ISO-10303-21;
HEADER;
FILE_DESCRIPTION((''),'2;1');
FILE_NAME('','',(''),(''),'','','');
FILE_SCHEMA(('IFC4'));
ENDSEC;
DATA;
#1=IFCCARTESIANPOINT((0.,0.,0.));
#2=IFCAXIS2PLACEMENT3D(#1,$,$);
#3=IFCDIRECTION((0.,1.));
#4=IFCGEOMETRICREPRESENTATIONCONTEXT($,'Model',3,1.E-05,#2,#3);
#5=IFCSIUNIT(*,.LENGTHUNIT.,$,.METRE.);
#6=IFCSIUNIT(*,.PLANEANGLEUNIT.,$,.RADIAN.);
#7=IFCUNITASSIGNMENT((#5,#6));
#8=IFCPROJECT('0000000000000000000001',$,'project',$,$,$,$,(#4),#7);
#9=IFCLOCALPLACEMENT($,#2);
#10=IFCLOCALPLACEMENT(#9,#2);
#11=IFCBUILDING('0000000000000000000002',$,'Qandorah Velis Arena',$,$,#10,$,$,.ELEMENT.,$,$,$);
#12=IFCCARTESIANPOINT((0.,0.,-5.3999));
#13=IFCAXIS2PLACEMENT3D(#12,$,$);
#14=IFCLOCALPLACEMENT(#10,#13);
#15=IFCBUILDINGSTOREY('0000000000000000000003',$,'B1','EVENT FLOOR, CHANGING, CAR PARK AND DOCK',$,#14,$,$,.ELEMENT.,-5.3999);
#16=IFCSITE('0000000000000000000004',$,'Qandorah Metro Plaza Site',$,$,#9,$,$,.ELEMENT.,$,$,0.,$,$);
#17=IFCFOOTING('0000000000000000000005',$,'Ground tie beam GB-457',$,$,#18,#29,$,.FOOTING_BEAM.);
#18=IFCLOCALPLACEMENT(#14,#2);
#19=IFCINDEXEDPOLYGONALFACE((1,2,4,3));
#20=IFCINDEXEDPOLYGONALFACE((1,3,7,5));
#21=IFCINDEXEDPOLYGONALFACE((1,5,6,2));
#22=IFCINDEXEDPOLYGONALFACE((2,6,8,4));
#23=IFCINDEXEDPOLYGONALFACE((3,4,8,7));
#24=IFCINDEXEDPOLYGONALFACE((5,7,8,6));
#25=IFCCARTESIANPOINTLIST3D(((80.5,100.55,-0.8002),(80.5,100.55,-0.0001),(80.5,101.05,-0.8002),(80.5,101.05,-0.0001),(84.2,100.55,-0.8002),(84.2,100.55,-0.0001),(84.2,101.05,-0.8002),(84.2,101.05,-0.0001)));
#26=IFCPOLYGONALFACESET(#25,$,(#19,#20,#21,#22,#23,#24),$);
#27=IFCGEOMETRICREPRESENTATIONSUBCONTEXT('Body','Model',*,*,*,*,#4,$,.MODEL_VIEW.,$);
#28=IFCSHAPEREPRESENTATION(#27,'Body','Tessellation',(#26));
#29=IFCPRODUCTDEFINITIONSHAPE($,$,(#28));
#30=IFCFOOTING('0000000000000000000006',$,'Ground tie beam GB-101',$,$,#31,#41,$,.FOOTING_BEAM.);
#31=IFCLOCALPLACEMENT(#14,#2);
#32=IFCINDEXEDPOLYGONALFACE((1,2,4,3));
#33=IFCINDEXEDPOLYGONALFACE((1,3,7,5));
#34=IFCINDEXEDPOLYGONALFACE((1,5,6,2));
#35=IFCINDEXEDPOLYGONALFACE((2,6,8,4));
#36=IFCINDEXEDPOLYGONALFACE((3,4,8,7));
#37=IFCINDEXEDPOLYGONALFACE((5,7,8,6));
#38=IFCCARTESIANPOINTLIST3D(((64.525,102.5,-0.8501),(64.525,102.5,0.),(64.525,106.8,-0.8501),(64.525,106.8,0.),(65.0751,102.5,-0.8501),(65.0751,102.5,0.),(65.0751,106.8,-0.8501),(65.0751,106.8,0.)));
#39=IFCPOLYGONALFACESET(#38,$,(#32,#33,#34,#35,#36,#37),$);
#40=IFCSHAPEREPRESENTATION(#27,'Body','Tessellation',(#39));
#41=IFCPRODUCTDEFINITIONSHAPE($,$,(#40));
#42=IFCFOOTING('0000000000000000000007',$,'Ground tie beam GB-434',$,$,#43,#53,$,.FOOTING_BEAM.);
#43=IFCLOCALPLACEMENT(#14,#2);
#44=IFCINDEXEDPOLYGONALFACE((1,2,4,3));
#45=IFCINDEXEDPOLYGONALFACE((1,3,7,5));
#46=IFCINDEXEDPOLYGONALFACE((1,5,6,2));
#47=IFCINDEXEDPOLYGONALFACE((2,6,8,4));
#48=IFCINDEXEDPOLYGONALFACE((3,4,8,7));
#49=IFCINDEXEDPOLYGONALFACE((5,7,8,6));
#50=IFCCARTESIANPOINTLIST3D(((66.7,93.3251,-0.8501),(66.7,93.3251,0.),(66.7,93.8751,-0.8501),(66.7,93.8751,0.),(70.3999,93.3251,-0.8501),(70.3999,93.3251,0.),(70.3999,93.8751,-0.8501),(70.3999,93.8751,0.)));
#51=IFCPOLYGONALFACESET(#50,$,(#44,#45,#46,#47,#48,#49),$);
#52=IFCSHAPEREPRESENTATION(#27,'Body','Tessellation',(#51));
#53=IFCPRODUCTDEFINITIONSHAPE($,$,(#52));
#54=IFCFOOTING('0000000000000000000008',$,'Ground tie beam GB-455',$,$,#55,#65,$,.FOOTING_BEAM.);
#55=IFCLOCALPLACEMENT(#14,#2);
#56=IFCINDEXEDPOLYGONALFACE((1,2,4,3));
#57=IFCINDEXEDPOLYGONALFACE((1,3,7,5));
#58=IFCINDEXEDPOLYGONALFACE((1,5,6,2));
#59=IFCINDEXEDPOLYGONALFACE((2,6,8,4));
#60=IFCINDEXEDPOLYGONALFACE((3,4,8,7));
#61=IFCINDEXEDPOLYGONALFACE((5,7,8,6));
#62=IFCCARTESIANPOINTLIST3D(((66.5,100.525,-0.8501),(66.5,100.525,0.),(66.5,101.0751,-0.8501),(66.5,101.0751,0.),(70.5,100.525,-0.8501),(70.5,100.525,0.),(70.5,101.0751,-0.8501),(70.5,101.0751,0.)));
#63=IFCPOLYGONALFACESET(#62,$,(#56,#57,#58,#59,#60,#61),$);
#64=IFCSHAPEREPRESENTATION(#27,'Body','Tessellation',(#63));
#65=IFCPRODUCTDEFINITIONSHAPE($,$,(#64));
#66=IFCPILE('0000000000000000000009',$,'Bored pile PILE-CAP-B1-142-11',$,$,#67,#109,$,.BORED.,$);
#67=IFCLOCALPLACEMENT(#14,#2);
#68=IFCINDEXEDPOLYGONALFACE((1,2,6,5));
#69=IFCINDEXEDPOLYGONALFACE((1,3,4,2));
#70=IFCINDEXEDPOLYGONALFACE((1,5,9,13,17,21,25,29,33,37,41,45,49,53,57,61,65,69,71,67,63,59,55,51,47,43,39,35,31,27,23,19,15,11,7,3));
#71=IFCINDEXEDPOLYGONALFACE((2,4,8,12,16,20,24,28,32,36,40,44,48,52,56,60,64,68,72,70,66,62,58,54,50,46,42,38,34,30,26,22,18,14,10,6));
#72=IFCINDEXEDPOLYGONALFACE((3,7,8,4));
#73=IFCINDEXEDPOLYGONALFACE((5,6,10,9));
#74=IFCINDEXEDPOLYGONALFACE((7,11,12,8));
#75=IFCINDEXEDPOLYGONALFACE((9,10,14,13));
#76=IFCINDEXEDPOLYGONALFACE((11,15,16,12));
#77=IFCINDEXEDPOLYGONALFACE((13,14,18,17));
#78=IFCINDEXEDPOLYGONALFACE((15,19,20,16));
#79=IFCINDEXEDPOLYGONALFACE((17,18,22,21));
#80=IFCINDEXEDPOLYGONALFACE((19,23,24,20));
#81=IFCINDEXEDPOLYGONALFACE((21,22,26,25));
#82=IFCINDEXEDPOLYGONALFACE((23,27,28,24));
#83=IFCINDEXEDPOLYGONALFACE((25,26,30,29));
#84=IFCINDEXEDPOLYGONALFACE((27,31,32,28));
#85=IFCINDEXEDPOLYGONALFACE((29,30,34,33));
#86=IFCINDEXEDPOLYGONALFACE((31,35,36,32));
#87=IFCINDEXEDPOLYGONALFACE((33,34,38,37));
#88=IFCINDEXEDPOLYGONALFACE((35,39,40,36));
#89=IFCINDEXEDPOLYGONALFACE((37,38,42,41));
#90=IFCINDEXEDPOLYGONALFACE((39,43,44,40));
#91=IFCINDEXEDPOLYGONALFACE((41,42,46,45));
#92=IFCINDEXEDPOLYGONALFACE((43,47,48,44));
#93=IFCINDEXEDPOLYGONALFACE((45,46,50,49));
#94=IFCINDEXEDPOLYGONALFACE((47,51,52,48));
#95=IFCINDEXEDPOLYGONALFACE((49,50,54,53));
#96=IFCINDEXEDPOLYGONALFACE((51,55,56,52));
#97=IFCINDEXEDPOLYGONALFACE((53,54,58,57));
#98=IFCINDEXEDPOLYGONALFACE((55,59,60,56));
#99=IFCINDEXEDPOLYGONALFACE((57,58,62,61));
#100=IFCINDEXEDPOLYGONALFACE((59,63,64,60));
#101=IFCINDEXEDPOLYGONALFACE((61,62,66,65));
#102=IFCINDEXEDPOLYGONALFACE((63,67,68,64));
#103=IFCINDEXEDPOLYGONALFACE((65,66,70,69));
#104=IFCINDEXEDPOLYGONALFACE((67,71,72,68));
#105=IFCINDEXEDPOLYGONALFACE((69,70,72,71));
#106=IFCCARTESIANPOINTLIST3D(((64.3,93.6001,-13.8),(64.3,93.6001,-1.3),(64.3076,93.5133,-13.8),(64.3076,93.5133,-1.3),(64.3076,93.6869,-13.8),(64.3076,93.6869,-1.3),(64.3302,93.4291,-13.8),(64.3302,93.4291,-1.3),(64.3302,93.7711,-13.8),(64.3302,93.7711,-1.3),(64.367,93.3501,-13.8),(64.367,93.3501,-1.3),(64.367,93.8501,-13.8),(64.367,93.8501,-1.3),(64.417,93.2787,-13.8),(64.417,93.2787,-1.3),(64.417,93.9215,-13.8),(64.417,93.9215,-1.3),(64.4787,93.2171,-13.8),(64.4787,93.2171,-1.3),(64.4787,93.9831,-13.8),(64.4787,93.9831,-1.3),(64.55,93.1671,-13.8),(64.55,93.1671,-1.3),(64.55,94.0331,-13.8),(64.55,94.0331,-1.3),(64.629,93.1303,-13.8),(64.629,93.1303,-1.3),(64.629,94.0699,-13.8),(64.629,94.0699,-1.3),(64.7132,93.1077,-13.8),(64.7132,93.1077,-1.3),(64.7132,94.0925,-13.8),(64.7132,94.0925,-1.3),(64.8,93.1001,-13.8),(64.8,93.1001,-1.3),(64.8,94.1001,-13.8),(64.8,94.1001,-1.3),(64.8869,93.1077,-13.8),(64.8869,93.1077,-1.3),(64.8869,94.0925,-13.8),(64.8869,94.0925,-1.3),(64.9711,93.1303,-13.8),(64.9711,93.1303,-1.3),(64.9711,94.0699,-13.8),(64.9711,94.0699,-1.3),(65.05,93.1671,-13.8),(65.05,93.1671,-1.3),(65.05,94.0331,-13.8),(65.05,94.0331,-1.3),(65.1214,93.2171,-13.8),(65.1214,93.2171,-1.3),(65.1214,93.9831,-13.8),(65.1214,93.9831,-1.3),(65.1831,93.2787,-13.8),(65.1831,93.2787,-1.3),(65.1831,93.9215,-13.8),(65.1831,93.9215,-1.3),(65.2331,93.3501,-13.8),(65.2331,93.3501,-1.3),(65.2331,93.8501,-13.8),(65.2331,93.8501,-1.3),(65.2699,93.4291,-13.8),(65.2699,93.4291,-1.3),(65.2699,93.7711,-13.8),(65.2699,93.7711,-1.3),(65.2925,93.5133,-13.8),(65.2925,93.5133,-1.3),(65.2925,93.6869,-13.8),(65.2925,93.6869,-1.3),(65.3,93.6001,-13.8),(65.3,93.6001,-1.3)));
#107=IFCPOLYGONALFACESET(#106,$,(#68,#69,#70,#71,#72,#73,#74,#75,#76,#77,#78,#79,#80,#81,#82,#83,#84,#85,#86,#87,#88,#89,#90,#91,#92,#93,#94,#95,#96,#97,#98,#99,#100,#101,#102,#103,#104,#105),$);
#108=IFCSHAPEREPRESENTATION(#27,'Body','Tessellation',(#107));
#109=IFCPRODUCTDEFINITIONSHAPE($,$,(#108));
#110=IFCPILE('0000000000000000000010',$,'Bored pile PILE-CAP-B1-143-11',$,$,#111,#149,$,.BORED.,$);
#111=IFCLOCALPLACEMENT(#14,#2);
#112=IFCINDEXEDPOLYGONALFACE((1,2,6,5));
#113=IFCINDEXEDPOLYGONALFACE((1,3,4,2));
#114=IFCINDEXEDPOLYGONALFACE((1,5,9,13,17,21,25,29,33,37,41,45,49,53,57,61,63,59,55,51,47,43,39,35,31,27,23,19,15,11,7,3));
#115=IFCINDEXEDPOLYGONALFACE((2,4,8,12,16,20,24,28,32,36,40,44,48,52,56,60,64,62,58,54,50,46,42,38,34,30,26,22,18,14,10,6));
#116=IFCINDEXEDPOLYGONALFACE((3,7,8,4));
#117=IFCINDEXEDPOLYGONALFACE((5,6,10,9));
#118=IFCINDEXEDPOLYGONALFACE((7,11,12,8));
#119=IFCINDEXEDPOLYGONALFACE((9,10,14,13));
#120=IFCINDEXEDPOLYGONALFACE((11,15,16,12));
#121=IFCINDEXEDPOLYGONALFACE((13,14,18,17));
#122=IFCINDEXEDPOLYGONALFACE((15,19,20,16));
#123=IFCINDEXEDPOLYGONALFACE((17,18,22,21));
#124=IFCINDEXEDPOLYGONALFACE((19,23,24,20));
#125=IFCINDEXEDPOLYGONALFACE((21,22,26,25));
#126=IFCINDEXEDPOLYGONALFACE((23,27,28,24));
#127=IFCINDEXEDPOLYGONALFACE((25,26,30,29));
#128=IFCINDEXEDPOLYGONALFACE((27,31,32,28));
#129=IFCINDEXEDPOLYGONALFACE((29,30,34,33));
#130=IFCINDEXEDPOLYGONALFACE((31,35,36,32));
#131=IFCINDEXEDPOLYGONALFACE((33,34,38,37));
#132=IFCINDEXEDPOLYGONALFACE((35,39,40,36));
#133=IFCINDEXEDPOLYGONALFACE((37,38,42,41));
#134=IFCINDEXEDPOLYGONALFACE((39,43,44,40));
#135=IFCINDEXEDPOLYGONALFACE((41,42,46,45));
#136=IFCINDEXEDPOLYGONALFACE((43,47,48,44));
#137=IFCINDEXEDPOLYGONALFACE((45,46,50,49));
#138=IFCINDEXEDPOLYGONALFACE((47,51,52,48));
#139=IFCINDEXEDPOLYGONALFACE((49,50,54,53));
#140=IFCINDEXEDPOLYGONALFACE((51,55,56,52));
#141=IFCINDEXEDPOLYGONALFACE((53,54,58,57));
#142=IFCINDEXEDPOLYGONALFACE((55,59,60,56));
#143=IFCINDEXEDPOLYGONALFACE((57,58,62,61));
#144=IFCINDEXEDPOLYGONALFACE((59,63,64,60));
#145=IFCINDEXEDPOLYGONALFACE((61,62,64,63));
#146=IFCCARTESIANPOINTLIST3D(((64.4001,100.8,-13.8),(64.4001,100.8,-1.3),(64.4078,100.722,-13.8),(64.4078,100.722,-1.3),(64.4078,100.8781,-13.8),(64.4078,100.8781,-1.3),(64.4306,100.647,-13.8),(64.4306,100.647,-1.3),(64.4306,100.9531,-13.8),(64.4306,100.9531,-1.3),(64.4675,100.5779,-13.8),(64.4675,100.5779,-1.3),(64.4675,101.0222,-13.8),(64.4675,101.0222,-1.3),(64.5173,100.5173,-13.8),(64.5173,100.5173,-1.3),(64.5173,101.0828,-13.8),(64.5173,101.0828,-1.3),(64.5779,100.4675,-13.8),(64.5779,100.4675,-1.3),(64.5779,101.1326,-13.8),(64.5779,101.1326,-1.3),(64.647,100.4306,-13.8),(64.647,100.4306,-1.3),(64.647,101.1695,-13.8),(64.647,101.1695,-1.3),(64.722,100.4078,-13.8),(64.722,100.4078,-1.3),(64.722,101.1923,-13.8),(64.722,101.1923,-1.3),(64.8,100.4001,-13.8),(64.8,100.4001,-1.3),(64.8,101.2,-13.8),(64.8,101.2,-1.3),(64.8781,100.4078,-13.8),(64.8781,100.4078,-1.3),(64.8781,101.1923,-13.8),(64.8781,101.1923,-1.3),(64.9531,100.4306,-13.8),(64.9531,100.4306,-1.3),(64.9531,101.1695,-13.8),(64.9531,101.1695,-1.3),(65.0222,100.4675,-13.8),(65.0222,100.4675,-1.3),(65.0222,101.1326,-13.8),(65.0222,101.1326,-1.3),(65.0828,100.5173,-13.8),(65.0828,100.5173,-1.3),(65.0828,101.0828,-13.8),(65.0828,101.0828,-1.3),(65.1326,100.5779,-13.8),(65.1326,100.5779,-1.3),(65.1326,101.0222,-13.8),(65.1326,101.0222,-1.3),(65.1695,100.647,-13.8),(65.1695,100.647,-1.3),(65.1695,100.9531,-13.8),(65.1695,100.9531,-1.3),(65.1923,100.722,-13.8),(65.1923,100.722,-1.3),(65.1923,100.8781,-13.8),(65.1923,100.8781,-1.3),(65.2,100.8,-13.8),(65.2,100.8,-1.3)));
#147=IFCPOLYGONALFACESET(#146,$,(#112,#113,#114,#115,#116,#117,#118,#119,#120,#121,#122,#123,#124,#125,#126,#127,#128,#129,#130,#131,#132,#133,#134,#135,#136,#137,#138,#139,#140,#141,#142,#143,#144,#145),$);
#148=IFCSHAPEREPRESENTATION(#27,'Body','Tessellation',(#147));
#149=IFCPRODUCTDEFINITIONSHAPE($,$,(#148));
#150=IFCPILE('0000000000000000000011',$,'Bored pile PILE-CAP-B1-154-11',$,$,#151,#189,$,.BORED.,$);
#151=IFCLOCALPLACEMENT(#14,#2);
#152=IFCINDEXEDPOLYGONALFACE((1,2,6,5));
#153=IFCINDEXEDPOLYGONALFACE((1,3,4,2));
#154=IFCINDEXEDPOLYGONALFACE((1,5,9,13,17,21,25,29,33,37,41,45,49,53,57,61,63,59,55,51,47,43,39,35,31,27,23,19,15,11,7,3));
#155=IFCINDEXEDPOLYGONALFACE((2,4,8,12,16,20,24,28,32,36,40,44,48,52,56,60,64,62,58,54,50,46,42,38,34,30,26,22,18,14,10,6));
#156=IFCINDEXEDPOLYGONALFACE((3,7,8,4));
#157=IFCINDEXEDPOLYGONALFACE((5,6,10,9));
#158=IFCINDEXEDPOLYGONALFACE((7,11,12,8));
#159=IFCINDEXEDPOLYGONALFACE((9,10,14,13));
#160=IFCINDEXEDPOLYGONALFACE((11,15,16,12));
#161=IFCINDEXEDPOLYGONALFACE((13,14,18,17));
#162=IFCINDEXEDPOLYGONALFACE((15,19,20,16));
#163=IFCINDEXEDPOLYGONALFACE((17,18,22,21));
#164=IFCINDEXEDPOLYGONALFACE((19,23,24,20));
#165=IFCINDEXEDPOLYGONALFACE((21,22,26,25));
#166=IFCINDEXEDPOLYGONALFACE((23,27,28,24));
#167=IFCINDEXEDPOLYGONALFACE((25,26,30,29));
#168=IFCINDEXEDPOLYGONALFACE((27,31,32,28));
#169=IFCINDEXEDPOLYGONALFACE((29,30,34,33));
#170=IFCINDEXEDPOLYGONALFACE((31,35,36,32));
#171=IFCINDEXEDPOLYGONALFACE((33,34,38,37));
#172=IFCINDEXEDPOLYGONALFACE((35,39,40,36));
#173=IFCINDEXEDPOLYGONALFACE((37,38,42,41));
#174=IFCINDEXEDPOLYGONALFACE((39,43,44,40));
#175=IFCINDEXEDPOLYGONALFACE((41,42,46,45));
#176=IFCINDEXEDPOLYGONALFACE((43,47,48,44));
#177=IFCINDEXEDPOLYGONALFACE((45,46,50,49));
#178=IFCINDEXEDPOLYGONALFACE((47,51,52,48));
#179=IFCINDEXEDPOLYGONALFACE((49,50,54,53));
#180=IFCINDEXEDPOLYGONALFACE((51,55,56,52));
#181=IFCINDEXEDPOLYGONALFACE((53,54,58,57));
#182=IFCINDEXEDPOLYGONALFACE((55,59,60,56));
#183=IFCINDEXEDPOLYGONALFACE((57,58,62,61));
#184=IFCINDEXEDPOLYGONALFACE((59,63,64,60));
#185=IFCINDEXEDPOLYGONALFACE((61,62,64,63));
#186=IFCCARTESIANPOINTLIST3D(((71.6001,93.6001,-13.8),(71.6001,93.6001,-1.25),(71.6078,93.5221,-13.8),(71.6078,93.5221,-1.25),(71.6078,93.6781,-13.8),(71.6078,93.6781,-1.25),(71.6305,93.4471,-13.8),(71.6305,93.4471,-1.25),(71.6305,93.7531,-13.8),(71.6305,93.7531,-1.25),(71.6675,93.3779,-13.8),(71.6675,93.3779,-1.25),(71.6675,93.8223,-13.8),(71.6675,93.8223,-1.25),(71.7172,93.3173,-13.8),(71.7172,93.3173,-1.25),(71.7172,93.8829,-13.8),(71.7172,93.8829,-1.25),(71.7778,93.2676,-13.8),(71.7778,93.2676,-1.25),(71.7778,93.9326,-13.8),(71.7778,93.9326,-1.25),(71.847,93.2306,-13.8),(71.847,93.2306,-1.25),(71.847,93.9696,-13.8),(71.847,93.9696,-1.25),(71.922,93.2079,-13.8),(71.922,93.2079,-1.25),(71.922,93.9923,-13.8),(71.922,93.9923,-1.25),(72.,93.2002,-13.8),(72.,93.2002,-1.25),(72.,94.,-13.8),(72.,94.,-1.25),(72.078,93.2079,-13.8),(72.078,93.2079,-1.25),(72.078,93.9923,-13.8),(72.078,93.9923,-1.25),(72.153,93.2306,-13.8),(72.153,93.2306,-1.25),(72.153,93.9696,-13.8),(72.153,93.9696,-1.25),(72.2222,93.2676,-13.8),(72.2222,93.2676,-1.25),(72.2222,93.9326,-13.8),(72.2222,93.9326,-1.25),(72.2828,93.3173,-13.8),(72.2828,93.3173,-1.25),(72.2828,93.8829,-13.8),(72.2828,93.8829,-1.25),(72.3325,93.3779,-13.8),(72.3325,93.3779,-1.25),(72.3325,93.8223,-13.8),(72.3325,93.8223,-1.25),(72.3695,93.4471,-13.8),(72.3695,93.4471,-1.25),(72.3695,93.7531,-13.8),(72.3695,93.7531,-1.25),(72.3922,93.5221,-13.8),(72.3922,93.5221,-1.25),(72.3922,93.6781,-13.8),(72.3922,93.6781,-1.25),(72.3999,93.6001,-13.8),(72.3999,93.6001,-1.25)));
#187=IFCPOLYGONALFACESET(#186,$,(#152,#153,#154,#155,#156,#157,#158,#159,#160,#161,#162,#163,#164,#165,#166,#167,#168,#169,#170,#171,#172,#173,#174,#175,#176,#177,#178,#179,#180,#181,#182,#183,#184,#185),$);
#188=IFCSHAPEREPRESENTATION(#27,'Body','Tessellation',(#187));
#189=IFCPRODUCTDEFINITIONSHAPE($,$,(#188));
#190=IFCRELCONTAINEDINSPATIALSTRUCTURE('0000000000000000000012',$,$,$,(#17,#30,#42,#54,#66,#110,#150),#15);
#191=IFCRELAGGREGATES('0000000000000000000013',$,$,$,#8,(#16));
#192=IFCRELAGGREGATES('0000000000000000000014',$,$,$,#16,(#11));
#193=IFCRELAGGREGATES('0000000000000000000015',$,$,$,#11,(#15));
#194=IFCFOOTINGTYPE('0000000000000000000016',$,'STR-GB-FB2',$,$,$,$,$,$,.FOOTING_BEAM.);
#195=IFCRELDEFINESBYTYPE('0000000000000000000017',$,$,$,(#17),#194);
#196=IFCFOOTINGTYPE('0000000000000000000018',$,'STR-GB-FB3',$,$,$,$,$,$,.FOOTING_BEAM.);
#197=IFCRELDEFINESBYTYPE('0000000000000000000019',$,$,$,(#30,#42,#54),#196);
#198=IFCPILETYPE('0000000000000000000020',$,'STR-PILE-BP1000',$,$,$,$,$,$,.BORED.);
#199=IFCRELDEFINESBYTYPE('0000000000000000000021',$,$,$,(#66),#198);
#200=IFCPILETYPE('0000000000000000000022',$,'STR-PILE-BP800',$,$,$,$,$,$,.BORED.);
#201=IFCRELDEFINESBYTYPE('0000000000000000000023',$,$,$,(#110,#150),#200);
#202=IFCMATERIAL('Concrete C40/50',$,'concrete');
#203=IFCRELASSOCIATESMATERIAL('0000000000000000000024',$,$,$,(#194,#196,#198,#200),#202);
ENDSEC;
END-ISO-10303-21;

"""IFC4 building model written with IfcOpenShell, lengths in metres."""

from ifc_helpers import new_model, si_unit, direction, frame, origin, origin_2d, place, context, subcontext, project, spatial, rectangle, circle, extrude, material, material_profile, profile_set, type_object, element, save


model = new_model("IFC4")

# Units and contexts
model_context = context("Model", 3, precision=1e-05, world=origin(), true_north=direction((0.0, 1.0)))
body_context = subcontext(model_context, "Body", "Model", "MODEL_VIEW")
ifc_project = project(units=[si_unit("LENGTHUNIT", "METRE"), si_unit("PLANEANGLEUNIT", "RADIAN")], contexts=[model_context])

# Site, building, storey
site_placement = place(None, origin())
site = spatial("IfcSite", under=ifc_project, at=site_placement, Name="Qandorah Metro Plaza Site", CompositionType="ELEMENT", RefElevation=0.0)
building_placement = place(site_placement, origin())
building = spatial("IfcBuilding", under=site, at=building_placement, Name="Qandorah Velis Arena", CompositionType="ELEMENT")
storey_placement = place(building_placement, frame((0.0, 0.0, -5.3999)))
storey = spatial("IfcBuildingStorey", under=building, at=storey_placement, Name="B1", Description="EVENT FLOOR, CHANGING, CAR PARK AND DOCK", CompositionType="ELEMENT", Elevation=-5.3999)

# Footings
ifc_material_1 = material(Name="Concrete C40/50", Category="concrete")
ifc_material_profile_1 = material_profile(ifc_material_1, rectangle(XDim=0.5, YDim=0.8, at=origin_2d()), Name="GB2 500x800")
ifc_profile_set_1 = profile_set([ifc_material_profile_1], Name="Concrete C40/50")
footing_type_1 = type_object("IfcFootingType", Name="STR-GB-FB2", PredefinedType="FOOTING_BEAM", material=ifc_profile_set_1)
footing_1_placement = place(storey_placement, frame((80.5, 100.8, -0.4001), z_axis=(1.0, 0.0, 0.0), x_axis=(0.0, 1.0, 0.0)))
element("IfcFooting", 1, at=footing_1_placement, inside=storey, type_object=footing_type_1, Name="Ground tie beam GB-457", PredefinedType="FOOTING_BEAM", context=body_context, shape_type="SweptSolid", body=[
    extrude(rectangle(XDim=0.5, YDim=0.8, at=origin_2d()), origin(), (0.0, 0.0, 1.0), 3.7),
])
ifc_material_profile_2 = material_profile(ifc_material_1, rectangle(XDim=0.55, YDim=0.8501, at=origin_2d()), Name="GB3 550x850")
ifc_profile_set_2 = profile_set([ifc_material_profile_2], Name="Concrete C40/50")
footing_type_2 = type_object("IfcFootingType", Name="STR-GB-FB3", PredefinedType="FOOTING_BEAM", material=ifc_profile_set_2)
footing_2_placement = place(storey_placement, frame((64.8, 102.5, -0.425), z_axis=(0.0, 1.0, 0.0), x_axis=(-1.0, 0.0, 0.0)))
element("IfcFooting", 2, at=footing_2_placement, inside=storey, type_object=footing_type_2, Name="Ground tie beam GB-101", PredefinedType="FOOTING_BEAM", context=body_context, shape_type="SweptSolid", body=[
    extrude(rectangle(XDim=0.55, YDim=0.8501, at=origin_2d()), origin(), (0.0, 0.0, 1.0), 4.3),
])
footing_3_placement = place(storey_placement, frame((66.7, 93.6001, -0.425), z_axis=(1.0, 0.0, 0.0), x_axis=(0.0, 1.0, 0.0)))
element("IfcFooting", 3, at=footing_3_placement, inside=storey, type_object=footing_type_2, Name="Ground tie beam GB-434", PredefinedType="FOOTING_BEAM", context=body_context, shape_type="SweptSolid", body=[
    extrude(rectangle(XDim=0.55, YDim=0.8501, at=origin_2d()), origin(), (0.0, 0.0, 1.0), 3.7),
])
footing_4_placement = place(storey_placement, frame((66.5, 100.8, -0.425), z_axis=(1.0, 0.0, 0.0), x_axis=(0.0, 1.0, 0.0)))
element("IfcFooting", 4, at=footing_4_placement, inside=storey, type_object=footing_type_2, Name="Ground tie beam GB-455", PredefinedType="FOOTING_BEAM", context=body_context, shape_type="SweptSolid", body=[
    extrude(rectangle(XDim=0.55, YDim=0.8501, at=origin_2d()), origin(), (0.0, 0.0, 1.0), 4.0),
])

# Piles
ifc_material_profile_3 = material_profile(ifc_material_1, circle(Radius=0.5, at=origin_2d()), Name="BORED PILE D1000")
ifc_profile_set_3 = profile_set([ifc_material_profile_3], Name="Concrete C40/50")
pile_type_1 = type_object("IfcPileType", Name="STR-PILE-BP1000", PredefinedType="BORED", material=ifc_profile_set_3)
pile_1_placement = place(storey_placement, frame((64.8, 93.6001, -1.3), z_axis=(0.0, 0.0, -1.0), x_axis=(1.0, 0.0, 0.0)))
element("IfcPile", 5, at=pile_1_placement, inside=storey, type_object=pile_type_1, Name="Bored pile PILE-CAP-B1-142-11", PredefinedType="BORED", context=body_context, shape_type="SweptSolid", body=[
    extrude(circle(Radius=0.5, at=origin_2d()), origin(), (0.0, 0.0, 1.0), 12.5),
])
ifc_material_profile_4 = material_profile(ifc_material_1, circle(Radius=0.3999, at=origin_2d()), Name="BORED PILE D800")
ifc_profile_set_4 = profile_set([ifc_material_profile_4], Name="Concrete C40/50")
pile_type_2 = type_object("IfcPileType", Name="STR-PILE-BP800", PredefinedType="BORED", material=ifc_profile_set_4)
pile_2_placement = place(storey_placement, frame((64.8, 100.8, -1.3), z_axis=(0.0, 0.0, -1.0), x_axis=(1.0, 0.0, 0.0)))
element("IfcPile", 6, at=pile_2_placement, inside=storey, type_object=pile_type_2, Name="Bored pile PILE-CAP-B1-143-11", PredefinedType="BORED", context=body_context, shape_type="SweptSolid", body=[
    extrude(circle(Radius=0.3999, at=origin_2d()), origin(), (0.0, 0.0, 1.0), 12.5),
])
pile_3_placement = place(storey_placement, frame((72.0, 93.6001, -1.25), z_axis=(0.0, 0.0, -1.0), x_axis=(1.0, 0.0, 0.0)))
element("IfcPile", 7, at=pile_3_placement, inside=storey, type_object=pile_type_2, Name="Bored pile PILE-CAP-B1-154-11", PredefinedType="BORED", context=body_context, shape_type="SweptSolid", body=[
    extrude(circle(Radius=0.3999, at=origin_2d()), origin(), (0.0, 0.0, 1.0), 12.55),
])

save(model, "model.ifc")
